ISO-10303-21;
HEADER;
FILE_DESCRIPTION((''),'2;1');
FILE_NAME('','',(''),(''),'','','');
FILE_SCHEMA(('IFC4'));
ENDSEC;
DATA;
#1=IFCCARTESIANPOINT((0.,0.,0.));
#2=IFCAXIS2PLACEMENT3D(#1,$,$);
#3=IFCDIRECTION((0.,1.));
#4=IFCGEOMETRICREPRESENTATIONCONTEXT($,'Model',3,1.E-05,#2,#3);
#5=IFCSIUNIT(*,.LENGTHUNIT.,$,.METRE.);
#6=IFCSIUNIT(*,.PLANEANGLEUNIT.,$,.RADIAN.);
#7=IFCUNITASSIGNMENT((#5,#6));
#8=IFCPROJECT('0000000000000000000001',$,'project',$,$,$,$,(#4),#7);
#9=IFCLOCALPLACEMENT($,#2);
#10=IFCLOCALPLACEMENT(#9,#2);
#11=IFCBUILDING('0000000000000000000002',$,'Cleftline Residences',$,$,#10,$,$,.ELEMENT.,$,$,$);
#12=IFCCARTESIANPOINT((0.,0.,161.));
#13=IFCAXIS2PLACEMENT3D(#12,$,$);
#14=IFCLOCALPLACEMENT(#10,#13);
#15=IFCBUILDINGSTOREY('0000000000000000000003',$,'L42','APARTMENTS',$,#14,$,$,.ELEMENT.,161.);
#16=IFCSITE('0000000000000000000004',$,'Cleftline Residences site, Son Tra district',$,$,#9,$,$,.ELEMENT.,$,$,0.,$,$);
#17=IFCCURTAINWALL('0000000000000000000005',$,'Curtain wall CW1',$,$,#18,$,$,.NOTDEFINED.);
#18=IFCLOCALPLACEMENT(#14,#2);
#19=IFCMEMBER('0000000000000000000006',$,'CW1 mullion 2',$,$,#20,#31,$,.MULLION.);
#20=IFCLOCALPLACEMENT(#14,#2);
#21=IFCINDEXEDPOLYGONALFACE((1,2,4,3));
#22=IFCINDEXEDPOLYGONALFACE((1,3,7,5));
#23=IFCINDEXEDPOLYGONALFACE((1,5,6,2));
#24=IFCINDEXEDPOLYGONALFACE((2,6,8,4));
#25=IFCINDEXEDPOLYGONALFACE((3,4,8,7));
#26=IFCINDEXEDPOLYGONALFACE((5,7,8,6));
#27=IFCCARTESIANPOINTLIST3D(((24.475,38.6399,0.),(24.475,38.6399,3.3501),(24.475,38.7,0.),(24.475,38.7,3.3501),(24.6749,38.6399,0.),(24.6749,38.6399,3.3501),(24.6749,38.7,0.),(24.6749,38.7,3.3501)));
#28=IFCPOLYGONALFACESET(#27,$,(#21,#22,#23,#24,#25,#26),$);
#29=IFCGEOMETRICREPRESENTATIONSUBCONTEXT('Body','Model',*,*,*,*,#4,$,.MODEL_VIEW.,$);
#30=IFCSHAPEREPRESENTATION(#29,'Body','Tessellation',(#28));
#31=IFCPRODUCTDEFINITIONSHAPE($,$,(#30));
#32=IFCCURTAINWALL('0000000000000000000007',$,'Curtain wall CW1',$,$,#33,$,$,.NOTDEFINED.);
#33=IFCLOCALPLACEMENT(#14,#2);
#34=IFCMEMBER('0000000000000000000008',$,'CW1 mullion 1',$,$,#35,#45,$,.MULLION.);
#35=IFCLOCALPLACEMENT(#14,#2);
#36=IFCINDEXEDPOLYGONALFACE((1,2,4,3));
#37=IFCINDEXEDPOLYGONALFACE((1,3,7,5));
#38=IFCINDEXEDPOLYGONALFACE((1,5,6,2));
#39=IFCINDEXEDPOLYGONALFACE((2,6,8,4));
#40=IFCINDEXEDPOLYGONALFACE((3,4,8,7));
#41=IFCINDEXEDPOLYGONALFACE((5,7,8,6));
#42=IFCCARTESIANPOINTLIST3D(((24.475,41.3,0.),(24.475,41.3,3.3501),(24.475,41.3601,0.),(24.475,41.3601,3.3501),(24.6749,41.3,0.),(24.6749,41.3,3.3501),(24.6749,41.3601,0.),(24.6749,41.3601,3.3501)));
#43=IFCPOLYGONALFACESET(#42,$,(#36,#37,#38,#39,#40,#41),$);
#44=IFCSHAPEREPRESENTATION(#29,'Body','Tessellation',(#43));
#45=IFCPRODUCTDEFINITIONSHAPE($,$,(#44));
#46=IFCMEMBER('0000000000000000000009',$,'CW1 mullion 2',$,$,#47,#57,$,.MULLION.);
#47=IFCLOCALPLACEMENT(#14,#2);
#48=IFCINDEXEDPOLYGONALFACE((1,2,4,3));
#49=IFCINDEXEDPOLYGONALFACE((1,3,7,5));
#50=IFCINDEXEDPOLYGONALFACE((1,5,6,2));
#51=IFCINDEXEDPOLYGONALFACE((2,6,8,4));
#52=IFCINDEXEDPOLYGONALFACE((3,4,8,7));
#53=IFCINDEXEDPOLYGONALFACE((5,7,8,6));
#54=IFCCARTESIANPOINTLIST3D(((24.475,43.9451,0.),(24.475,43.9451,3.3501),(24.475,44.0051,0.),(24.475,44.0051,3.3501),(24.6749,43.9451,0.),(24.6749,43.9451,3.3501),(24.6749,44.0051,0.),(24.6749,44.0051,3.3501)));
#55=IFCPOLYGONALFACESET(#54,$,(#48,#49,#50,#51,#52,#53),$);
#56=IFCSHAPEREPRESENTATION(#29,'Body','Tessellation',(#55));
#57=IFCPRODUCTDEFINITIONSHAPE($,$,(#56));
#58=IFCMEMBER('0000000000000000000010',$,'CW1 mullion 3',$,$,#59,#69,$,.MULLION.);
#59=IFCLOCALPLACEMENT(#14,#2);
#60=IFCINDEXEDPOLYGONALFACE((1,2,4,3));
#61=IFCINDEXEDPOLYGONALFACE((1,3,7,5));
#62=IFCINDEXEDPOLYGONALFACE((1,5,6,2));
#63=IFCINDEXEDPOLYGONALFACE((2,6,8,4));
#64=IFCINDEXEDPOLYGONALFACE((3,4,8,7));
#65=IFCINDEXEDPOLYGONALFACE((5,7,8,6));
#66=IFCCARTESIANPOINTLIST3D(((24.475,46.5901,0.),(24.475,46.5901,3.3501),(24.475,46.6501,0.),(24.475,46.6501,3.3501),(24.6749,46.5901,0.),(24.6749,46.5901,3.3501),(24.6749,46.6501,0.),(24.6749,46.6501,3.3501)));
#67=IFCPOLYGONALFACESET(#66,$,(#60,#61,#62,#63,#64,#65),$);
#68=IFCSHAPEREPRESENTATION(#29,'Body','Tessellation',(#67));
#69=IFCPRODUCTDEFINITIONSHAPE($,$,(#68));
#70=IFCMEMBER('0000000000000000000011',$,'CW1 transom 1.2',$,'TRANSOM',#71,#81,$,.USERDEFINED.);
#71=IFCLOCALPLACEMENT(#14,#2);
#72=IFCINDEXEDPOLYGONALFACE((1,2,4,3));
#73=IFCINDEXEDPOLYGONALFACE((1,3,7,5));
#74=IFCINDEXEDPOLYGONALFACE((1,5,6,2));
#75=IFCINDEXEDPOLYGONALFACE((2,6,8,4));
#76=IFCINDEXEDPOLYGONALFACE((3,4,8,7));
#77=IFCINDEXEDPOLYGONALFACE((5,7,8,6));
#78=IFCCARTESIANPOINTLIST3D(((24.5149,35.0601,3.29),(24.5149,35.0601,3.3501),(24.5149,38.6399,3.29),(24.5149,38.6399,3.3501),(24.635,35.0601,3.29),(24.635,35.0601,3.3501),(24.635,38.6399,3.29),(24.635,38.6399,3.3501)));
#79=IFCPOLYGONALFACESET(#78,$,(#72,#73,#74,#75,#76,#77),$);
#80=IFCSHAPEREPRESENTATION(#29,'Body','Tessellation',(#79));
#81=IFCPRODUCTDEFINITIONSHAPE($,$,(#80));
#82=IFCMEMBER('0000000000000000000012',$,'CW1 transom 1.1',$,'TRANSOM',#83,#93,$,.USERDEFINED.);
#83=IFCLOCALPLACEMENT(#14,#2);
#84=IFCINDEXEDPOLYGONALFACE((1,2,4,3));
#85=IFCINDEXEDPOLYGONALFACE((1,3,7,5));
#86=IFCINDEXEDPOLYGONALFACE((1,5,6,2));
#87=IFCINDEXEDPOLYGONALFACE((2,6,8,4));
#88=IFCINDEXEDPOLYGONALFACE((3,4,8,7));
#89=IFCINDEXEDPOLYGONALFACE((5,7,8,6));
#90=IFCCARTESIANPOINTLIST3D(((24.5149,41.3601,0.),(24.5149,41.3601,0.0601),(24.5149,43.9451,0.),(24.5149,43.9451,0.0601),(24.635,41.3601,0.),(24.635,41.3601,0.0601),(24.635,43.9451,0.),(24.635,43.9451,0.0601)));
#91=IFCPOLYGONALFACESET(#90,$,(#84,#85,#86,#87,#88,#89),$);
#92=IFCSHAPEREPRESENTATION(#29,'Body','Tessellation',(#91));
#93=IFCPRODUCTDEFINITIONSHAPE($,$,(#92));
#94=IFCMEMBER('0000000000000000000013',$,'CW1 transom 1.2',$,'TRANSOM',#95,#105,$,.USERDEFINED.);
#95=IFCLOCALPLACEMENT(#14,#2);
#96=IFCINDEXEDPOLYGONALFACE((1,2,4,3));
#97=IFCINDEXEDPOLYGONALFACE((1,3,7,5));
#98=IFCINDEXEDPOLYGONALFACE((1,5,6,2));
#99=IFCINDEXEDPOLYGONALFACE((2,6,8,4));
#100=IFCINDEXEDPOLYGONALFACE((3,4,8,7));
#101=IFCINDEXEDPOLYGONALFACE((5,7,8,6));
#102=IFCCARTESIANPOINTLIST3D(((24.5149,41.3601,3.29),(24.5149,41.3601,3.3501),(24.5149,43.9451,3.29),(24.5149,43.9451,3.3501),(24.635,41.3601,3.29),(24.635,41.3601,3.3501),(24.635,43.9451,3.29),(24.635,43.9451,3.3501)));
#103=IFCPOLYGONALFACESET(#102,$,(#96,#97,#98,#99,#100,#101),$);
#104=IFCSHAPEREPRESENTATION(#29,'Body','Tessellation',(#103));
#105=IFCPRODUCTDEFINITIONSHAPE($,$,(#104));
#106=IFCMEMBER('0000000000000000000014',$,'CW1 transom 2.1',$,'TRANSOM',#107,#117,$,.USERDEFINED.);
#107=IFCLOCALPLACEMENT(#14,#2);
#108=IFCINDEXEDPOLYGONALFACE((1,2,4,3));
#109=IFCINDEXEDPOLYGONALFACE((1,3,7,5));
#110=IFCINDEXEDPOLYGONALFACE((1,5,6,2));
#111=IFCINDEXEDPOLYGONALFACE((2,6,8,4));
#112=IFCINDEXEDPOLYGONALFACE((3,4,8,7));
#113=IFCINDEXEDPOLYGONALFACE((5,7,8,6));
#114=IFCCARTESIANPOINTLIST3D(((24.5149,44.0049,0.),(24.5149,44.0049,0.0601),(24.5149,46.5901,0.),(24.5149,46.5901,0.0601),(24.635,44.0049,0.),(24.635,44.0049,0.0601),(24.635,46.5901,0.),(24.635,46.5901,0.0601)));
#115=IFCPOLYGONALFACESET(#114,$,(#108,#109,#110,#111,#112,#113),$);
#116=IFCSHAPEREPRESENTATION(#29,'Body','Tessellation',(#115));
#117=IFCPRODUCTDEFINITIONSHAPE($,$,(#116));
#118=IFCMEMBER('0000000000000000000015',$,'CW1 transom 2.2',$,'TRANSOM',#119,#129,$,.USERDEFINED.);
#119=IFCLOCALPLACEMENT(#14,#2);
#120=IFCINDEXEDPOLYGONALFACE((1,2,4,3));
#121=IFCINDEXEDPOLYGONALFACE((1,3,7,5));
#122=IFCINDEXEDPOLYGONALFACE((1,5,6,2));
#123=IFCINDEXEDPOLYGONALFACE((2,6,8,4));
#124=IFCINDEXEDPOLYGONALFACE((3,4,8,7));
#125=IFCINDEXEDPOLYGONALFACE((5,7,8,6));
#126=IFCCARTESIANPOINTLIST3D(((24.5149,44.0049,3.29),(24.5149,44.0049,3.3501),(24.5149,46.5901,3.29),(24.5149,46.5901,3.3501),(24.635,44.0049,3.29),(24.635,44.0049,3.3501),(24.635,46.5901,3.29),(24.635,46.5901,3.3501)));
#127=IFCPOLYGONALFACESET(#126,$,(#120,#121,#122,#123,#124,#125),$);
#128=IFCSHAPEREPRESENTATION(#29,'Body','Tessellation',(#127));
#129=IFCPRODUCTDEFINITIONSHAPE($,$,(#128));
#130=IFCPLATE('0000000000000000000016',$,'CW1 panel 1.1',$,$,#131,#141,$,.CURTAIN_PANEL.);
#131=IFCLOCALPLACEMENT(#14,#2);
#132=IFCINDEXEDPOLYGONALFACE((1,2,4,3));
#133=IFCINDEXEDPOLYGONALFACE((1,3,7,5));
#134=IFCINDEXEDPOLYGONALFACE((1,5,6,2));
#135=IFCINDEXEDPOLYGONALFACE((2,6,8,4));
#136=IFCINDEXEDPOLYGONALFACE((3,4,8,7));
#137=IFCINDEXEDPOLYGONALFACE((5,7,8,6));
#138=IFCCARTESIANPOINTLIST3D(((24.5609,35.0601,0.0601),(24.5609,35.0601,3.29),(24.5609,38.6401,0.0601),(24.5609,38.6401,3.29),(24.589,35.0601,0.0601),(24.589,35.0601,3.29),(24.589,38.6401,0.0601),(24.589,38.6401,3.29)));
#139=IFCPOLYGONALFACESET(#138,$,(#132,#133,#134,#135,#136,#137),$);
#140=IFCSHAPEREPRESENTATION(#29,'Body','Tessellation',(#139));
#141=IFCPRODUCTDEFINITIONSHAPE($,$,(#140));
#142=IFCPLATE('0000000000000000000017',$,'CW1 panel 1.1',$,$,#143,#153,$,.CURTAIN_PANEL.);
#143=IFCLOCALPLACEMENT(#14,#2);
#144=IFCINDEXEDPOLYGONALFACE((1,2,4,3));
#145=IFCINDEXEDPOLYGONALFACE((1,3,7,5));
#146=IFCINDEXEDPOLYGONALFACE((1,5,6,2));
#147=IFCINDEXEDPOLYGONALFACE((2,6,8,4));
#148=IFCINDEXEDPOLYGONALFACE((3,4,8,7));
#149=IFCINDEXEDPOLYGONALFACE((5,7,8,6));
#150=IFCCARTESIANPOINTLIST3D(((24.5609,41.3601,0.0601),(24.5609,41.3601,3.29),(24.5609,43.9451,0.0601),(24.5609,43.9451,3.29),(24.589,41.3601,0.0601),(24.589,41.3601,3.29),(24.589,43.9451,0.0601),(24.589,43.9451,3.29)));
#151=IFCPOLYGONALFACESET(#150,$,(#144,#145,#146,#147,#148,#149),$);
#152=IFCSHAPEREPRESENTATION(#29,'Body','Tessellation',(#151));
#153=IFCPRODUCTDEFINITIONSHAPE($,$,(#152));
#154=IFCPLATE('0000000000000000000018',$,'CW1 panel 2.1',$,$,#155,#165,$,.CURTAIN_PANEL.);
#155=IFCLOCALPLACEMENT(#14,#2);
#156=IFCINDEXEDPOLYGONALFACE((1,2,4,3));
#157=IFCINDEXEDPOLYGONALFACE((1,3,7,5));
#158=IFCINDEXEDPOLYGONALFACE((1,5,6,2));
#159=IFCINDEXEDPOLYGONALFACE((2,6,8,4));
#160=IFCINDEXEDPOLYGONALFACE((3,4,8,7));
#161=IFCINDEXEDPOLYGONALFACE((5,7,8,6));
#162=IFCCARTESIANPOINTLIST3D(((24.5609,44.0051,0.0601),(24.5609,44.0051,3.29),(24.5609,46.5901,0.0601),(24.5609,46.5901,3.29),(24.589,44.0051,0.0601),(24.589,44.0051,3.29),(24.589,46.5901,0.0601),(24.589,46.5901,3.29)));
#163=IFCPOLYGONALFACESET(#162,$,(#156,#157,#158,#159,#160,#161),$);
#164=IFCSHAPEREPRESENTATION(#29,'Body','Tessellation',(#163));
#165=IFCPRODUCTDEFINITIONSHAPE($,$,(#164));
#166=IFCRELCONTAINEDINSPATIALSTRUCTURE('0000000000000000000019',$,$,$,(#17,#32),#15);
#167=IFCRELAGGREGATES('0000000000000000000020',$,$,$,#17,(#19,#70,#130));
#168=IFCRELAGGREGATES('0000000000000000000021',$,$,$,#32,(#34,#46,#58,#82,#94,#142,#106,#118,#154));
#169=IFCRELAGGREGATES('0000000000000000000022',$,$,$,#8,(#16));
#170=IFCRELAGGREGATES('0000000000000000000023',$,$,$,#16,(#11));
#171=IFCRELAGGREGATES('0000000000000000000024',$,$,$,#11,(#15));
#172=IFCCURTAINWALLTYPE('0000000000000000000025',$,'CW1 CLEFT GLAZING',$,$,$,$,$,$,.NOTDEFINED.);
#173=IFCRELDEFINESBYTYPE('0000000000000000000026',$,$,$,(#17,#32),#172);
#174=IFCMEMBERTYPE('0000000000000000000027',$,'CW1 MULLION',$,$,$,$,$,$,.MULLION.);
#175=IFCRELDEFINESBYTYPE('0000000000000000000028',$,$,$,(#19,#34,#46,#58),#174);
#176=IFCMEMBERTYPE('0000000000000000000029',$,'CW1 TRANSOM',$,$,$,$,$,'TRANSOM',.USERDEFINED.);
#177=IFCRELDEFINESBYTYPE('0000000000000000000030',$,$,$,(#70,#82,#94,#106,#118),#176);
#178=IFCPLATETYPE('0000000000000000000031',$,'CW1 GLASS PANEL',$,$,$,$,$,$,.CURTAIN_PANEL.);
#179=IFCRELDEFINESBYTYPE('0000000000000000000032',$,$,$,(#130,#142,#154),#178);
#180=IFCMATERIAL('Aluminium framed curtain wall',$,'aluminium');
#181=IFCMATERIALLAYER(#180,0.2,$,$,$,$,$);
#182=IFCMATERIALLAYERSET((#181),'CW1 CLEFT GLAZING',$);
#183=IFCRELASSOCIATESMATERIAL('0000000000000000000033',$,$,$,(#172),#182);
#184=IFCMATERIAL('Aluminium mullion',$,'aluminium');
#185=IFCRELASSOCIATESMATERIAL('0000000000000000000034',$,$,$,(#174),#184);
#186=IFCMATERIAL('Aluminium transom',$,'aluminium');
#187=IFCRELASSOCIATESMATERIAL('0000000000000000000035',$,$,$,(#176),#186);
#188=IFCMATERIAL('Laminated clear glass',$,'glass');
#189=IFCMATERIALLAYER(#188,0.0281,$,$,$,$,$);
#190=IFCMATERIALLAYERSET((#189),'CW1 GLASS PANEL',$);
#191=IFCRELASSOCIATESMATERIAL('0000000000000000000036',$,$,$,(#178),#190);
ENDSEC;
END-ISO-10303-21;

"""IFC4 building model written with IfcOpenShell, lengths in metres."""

from ifc_helpers import new_model, si_unit, direction, frame, origin, origin_2d, place, context, subcontext, project, spatial, rectangle, extrude, material, layer, layer_set, material_profile, profile_set, type_object, element, aggregate, save


model = new_model("IFC4")

# Units and contexts
model_context = context("Model", 3, precision=1e-05, world=origin(), true_north=direction((0.0, 1.0)))
body_context = subcontext(model_context, "Body", "Model", "MODEL_VIEW")
ifc_project = project(units=[si_unit("LENGTHUNIT", "METRE"), si_unit("PLANEANGLEUNIT", "RADIAN")], contexts=[model_context])

# Site, building, storey
site_placement = place(None, origin())
site = spatial("IfcSite", under=ifc_project, at=site_placement, Name="Cleftline Residences site, Son Tra district", CompositionType="ELEMENT", RefElevation=0.0)
building_placement = place(site_placement, origin())
building = spatial("IfcBuilding", under=site, at=building_placement, Name="Cleftline Residences", CompositionType="ELEMENT")
storey_placement = place(building_placement, frame((0.0, 0.0, 161.0)))
storey = spatial("IfcBuildingStorey", under=building, at=storey_placement, Name="L42", Description="APARTMENTS", CompositionType="ELEMENT", Elevation=161.0)

# Curtain wall, member
ifc_material_1 = material(Name="Aluminium framed curtain wall", Category="aluminium")
ifc_layer_1 = layer(ifc_material_1, 0.2)
ifc_layer_set_1 = layer_set([ifc_layer_1], Name="CW1 CLEFT GLAZING")
curtain_wall_type = type_object("IfcCurtainWallType", Name="CW1 CLEFT GLAZING", PredefinedType="NOTDEFINED", material=ifc_layer_set_1)
curtain_wall_1_placement = place(storey_placement, origin())
curtain_wall_1 = element("IfcCurtainWall", 1, at=curtain_wall_1_placement, inside=storey, type_object=curtain_wall_type, Name="Curtain wall CW1", PredefinedType="NOTDEFINED")
ifc_material_2 = material(Name="Aluminium mullion", Category="aluminium")
ifc_material_profile_1 = material_profile(ifc_material_2, rectangle(XDim=0.2, YDim=0.0601, at=origin_2d()))
ifc_profile_set_1 = profile_set([ifc_material_profile_1], Name="Aluminium mullion")
member_type_1 = type_object("IfcMemberType", Name="CW1 MULLION", PredefinedType="MULLION", material=ifc_profile_set_1)
member_1_placement = place(storey_placement, frame((24.575, 38.6699, 0.0), z_axis=(0.0, 0.0, 1.0), x_axis=(-1.0, 0.0, 0.0)))
member_1 = element("IfcMember", 2, at=member_1_placement, type_object=member_type_1, Name="CW1 mullion 2", PredefinedType="MULLION", context=body_context, shape_type="SweptSolid", body=[
    extrude(rectangle(XDim=0.2, YDim=0.0601, at=origin_2d()), origin(), (0.0, 0.0, 1.0), 3.3501),
])

# Curtain wall, members
curtain_wall_2_placement = place(storey_placement, origin())
curtain_wall_2 = element("IfcCurtainWall", 3, at=curtain_wall_2_placement, inside=storey, type_object=curtain_wall_type, Name="Curtain wall CW1", PredefinedType="NOTDEFINED")
member_2_placement = place(storey_placement, frame((24.575, 41.3301, 0.0), z_axis=(0.0, 0.0, 1.0), x_axis=(-1.0, 0.0, 0.0)))
member_2 = element("IfcMember", 4, at=member_2_placement, type_object=member_type_1, Name="CW1 mullion 1", PredefinedType="MULLION", context=body_context, shape_type="SweptSolid", body=[
    extrude(rectangle(XDim=0.2, YDim=0.0601, at=origin_2d()), origin(), (0.0, 0.0, 1.0), 3.3501),
])
member_3_placement = place(storey_placement, frame((24.575, 43.9751, 0.0), z_axis=(0.0, 0.0, 1.0), x_axis=(-1.0, 0.0, 0.0)))
member_3 = element("IfcMember", 5, at=member_3_placement, type_object=member_type_1, Name="CW1 mullion 2", PredefinedType="MULLION", context=body_context, shape_type="SweptSolid", body=[
    extrude(rectangle(XDim=0.2, YDim=0.0601, at=origin_2d()), origin(), (0.0, 0.0, 1.0), 3.3501),
])
member_4_placement = place(storey_placement, frame((24.575, 46.6201, 0.0), z_axis=(0.0, 0.0, 1.0), x_axis=(-1.0, 0.0, 0.0)))
member_4 = element("IfcMember", 6, at=member_4_placement, type_object=member_type_1, Name="CW1 mullion 3", PredefinedType="MULLION", context=body_context, shape_type="SweptSolid", body=[
    extrude(rectangle(XDim=0.2, YDim=0.0601, at=origin_2d()), origin(), (0.0, 0.0, 1.0), 3.3501),
])

# Members
ifc_material_3 = material(Name="Aluminium transom", Category="aluminium")
ifc_material_profile_2 = material_profile(ifc_material_3, rectangle(XDim=0.1201, YDim=0.0601, at=origin_2d()))
ifc_profile_set_2 = profile_set([ifc_material_profile_2], Name="Aluminium transom")
member_type_2 = type_object("IfcMemberType", Name="CW1 TRANSOM", ElementType="TRANSOM", PredefinedType="USERDEFINED", material=ifc_profile_set_2)
member_5_placement = place(storey_placement, frame((24.575, 35.0601, 3.3201), z_axis=(0.0, 1.0, 0.0), x_axis=(-1.0, 0.0, 0.0)))
member_5 = element("IfcMember", 7, at=member_5_placement, type_object=member_type_2, Name="CW1 transom 1.2", ObjectType="TRANSOM", PredefinedType="USERDEFINED", context=body_context, shape_type="SweptSolid", body=[
    extrude(rectangle(XDim=0.1201, YDim=0.0601, at=origin_2d()), origin(), (0.0, 0.0, 1.0), 3.5798),
])
member_6_placement = place(storey_placement, frame((24.575, 41.3601, 0.03), z_axis=(0.0, 1.0, 0.0), x_axis=(-1.0, 0.0, 0.0)))
member_6 = element("IfcMember", 8, at=member_6_placement, type_object=member_type_2, Name="CW1 transom 1.1", ObjectType="TRANSOM", PredefinedType="USERDEFINED", context=body_context, shape_type="SweptSolid", body=[
    extrude(rectangle(XDim=0.1201, YDim=0.0601, at=origin_2d()), origin(), (0.0, 0.0, 1.0), 2.585),
])
member_7_placement = place(storey_placement, frame((24.575, 41.3601, 3.3201), z_axis=(0.0, 1.0, 0.0), x_axis=(-1.0, 0.0, 0.0)))
member_7 = element("IfcMember", 9, at=member_7_placement, type_object=member_type_2, Name="CW1 transom 1.2", ObjectType="TRANSOM", PredefinedType="USERDEFINED", context=body_context, shape_type="SweptSolid", body=[
    extrude(rectangle(XDim=0.1201, YDim=0.0601, at=origin_2d()), origin(), (0.0, 0.0, 1.0), 2.585),
])
member_8_placement = place(storey_placement, frame((24.575, 44.0049, 0.03), z_axis=(0.0, 1.0, 0.0), x_axis=(-1.0, 0.0, 0.0)))
member_8 = element("IfcMember", 10, at=member_8_placement, type_object=member_type_2, Name="CW1 transom 2.1", ObjectType="TRANSOM", PredefinedType="USERDEFINED", context=body_context, shape_type="SweptSolid", body=[
    extrude(rectangle(XDim=0.1201, YDim=0.0601, at=origin_2d()), origin(), (0.0, 0.0, 1.0), 2.5852),
])
member_9_placement = place(storey_placement, frame((24.575, 44.0049, 3.3201), z_axis=(0.0, 1.0, 0.0), x_axis=(-1.0, 0.0, 0.0)))
member_9 = element("IfcMember", 11, at=member_9_placement, type_object=member_type_2, Name="CW1 transom 2.2", ObjectType="TRANSOM", PredefinedType="USERDEFINED", context=body_context, shape_type="SweptSolid", body=[
    extrude(rectangle(XDim=0.1201, YDim=0.0601, at=origin_2d()), origin(), (0.0, 0.0, 1.0), 2.5852),
])

# Plates
ifc_material_4 = material(Name="Laminated clear glass", Category="glass")
ifc_layer_2 = layer(ifc_material_4, 0.0281)
ifc_layer_set_2 = layer_set([ifc_layer_2], Name="CW1 GLASS PANEL")
plate_type = type_object("IfcPlateType", Name="CW1 GLASS PANEL", PredefinedType="CURTAIN_PANEL", material=ifc_layer_set_2)
plate_1_placement = place(storey_placement, frame((24.575, 36.8501, 0.0601), z_axis=(0.0, 0.0, 1.0), x_axis=(0.0, 1.0, 0.0)))
plate_1 = element("IfcPlate", 12, at=plate_1_placement, type_object=plate_type, Name="CW1 panel 1.1", PredefinedType="CURTAIN_PANEL", context=body_context, shape_type="SweptSolid", body=[
    extrude(rectangle(XDim=3.5801, YDim=0.0281, at=origin_2d()), origin(), (0.0, 0.0, 1.0), 3.23),
])
aggregate(curtain_wall_1, [member_1, member_5, plate_1])
plate_2_placement = place(storey_placement, frame((24.575, 42.6526, 0.0601), z_axis=(0.0, 0.0, 1.0), x_axis=(0.0, 1.0, 0.0)))
plate_2 = element("IfcPlate", 13, at=plate_2_placement, type_object=plate_type, Name="CW1 panel 1.1", PredefinedType="CURTAIN_PANEL", context=body_context, shape_type="SweptSolid", body=[
    extrude(rectangle(XDim=2.585, YDim=0.0281, at=origin_2d()), origin(), (0.0, 0.0, 1.0), 3.23),
])
plate_3_placement = place(storey_placement, frame((24.575, 45.2976, 0.0601), z_axis=(0.0, 0.0, 1.0), x_axis=(0.0, 1.0, 0.0)))
plate_3 = element("IfcPlate", 14, at=plate_3_placement, type_object=plate_type, Name="CW1 panel 2.1", PredefinedType="CURTAIN_PANEL", context=body_context, shape_type="SweptSolid", body=[
    extrude(rectangle(XDim=2.585, YDim=0.0281, at=origin_2d()), origin(), (0.0, 0.0, 1.0), 3.23),
])
aggregate(curtain_wall_2, [member_2, member_3, member_4, member_6, member_7, plate_2, member_8, member_9, plate_3])

save(model, "model.ifc")
